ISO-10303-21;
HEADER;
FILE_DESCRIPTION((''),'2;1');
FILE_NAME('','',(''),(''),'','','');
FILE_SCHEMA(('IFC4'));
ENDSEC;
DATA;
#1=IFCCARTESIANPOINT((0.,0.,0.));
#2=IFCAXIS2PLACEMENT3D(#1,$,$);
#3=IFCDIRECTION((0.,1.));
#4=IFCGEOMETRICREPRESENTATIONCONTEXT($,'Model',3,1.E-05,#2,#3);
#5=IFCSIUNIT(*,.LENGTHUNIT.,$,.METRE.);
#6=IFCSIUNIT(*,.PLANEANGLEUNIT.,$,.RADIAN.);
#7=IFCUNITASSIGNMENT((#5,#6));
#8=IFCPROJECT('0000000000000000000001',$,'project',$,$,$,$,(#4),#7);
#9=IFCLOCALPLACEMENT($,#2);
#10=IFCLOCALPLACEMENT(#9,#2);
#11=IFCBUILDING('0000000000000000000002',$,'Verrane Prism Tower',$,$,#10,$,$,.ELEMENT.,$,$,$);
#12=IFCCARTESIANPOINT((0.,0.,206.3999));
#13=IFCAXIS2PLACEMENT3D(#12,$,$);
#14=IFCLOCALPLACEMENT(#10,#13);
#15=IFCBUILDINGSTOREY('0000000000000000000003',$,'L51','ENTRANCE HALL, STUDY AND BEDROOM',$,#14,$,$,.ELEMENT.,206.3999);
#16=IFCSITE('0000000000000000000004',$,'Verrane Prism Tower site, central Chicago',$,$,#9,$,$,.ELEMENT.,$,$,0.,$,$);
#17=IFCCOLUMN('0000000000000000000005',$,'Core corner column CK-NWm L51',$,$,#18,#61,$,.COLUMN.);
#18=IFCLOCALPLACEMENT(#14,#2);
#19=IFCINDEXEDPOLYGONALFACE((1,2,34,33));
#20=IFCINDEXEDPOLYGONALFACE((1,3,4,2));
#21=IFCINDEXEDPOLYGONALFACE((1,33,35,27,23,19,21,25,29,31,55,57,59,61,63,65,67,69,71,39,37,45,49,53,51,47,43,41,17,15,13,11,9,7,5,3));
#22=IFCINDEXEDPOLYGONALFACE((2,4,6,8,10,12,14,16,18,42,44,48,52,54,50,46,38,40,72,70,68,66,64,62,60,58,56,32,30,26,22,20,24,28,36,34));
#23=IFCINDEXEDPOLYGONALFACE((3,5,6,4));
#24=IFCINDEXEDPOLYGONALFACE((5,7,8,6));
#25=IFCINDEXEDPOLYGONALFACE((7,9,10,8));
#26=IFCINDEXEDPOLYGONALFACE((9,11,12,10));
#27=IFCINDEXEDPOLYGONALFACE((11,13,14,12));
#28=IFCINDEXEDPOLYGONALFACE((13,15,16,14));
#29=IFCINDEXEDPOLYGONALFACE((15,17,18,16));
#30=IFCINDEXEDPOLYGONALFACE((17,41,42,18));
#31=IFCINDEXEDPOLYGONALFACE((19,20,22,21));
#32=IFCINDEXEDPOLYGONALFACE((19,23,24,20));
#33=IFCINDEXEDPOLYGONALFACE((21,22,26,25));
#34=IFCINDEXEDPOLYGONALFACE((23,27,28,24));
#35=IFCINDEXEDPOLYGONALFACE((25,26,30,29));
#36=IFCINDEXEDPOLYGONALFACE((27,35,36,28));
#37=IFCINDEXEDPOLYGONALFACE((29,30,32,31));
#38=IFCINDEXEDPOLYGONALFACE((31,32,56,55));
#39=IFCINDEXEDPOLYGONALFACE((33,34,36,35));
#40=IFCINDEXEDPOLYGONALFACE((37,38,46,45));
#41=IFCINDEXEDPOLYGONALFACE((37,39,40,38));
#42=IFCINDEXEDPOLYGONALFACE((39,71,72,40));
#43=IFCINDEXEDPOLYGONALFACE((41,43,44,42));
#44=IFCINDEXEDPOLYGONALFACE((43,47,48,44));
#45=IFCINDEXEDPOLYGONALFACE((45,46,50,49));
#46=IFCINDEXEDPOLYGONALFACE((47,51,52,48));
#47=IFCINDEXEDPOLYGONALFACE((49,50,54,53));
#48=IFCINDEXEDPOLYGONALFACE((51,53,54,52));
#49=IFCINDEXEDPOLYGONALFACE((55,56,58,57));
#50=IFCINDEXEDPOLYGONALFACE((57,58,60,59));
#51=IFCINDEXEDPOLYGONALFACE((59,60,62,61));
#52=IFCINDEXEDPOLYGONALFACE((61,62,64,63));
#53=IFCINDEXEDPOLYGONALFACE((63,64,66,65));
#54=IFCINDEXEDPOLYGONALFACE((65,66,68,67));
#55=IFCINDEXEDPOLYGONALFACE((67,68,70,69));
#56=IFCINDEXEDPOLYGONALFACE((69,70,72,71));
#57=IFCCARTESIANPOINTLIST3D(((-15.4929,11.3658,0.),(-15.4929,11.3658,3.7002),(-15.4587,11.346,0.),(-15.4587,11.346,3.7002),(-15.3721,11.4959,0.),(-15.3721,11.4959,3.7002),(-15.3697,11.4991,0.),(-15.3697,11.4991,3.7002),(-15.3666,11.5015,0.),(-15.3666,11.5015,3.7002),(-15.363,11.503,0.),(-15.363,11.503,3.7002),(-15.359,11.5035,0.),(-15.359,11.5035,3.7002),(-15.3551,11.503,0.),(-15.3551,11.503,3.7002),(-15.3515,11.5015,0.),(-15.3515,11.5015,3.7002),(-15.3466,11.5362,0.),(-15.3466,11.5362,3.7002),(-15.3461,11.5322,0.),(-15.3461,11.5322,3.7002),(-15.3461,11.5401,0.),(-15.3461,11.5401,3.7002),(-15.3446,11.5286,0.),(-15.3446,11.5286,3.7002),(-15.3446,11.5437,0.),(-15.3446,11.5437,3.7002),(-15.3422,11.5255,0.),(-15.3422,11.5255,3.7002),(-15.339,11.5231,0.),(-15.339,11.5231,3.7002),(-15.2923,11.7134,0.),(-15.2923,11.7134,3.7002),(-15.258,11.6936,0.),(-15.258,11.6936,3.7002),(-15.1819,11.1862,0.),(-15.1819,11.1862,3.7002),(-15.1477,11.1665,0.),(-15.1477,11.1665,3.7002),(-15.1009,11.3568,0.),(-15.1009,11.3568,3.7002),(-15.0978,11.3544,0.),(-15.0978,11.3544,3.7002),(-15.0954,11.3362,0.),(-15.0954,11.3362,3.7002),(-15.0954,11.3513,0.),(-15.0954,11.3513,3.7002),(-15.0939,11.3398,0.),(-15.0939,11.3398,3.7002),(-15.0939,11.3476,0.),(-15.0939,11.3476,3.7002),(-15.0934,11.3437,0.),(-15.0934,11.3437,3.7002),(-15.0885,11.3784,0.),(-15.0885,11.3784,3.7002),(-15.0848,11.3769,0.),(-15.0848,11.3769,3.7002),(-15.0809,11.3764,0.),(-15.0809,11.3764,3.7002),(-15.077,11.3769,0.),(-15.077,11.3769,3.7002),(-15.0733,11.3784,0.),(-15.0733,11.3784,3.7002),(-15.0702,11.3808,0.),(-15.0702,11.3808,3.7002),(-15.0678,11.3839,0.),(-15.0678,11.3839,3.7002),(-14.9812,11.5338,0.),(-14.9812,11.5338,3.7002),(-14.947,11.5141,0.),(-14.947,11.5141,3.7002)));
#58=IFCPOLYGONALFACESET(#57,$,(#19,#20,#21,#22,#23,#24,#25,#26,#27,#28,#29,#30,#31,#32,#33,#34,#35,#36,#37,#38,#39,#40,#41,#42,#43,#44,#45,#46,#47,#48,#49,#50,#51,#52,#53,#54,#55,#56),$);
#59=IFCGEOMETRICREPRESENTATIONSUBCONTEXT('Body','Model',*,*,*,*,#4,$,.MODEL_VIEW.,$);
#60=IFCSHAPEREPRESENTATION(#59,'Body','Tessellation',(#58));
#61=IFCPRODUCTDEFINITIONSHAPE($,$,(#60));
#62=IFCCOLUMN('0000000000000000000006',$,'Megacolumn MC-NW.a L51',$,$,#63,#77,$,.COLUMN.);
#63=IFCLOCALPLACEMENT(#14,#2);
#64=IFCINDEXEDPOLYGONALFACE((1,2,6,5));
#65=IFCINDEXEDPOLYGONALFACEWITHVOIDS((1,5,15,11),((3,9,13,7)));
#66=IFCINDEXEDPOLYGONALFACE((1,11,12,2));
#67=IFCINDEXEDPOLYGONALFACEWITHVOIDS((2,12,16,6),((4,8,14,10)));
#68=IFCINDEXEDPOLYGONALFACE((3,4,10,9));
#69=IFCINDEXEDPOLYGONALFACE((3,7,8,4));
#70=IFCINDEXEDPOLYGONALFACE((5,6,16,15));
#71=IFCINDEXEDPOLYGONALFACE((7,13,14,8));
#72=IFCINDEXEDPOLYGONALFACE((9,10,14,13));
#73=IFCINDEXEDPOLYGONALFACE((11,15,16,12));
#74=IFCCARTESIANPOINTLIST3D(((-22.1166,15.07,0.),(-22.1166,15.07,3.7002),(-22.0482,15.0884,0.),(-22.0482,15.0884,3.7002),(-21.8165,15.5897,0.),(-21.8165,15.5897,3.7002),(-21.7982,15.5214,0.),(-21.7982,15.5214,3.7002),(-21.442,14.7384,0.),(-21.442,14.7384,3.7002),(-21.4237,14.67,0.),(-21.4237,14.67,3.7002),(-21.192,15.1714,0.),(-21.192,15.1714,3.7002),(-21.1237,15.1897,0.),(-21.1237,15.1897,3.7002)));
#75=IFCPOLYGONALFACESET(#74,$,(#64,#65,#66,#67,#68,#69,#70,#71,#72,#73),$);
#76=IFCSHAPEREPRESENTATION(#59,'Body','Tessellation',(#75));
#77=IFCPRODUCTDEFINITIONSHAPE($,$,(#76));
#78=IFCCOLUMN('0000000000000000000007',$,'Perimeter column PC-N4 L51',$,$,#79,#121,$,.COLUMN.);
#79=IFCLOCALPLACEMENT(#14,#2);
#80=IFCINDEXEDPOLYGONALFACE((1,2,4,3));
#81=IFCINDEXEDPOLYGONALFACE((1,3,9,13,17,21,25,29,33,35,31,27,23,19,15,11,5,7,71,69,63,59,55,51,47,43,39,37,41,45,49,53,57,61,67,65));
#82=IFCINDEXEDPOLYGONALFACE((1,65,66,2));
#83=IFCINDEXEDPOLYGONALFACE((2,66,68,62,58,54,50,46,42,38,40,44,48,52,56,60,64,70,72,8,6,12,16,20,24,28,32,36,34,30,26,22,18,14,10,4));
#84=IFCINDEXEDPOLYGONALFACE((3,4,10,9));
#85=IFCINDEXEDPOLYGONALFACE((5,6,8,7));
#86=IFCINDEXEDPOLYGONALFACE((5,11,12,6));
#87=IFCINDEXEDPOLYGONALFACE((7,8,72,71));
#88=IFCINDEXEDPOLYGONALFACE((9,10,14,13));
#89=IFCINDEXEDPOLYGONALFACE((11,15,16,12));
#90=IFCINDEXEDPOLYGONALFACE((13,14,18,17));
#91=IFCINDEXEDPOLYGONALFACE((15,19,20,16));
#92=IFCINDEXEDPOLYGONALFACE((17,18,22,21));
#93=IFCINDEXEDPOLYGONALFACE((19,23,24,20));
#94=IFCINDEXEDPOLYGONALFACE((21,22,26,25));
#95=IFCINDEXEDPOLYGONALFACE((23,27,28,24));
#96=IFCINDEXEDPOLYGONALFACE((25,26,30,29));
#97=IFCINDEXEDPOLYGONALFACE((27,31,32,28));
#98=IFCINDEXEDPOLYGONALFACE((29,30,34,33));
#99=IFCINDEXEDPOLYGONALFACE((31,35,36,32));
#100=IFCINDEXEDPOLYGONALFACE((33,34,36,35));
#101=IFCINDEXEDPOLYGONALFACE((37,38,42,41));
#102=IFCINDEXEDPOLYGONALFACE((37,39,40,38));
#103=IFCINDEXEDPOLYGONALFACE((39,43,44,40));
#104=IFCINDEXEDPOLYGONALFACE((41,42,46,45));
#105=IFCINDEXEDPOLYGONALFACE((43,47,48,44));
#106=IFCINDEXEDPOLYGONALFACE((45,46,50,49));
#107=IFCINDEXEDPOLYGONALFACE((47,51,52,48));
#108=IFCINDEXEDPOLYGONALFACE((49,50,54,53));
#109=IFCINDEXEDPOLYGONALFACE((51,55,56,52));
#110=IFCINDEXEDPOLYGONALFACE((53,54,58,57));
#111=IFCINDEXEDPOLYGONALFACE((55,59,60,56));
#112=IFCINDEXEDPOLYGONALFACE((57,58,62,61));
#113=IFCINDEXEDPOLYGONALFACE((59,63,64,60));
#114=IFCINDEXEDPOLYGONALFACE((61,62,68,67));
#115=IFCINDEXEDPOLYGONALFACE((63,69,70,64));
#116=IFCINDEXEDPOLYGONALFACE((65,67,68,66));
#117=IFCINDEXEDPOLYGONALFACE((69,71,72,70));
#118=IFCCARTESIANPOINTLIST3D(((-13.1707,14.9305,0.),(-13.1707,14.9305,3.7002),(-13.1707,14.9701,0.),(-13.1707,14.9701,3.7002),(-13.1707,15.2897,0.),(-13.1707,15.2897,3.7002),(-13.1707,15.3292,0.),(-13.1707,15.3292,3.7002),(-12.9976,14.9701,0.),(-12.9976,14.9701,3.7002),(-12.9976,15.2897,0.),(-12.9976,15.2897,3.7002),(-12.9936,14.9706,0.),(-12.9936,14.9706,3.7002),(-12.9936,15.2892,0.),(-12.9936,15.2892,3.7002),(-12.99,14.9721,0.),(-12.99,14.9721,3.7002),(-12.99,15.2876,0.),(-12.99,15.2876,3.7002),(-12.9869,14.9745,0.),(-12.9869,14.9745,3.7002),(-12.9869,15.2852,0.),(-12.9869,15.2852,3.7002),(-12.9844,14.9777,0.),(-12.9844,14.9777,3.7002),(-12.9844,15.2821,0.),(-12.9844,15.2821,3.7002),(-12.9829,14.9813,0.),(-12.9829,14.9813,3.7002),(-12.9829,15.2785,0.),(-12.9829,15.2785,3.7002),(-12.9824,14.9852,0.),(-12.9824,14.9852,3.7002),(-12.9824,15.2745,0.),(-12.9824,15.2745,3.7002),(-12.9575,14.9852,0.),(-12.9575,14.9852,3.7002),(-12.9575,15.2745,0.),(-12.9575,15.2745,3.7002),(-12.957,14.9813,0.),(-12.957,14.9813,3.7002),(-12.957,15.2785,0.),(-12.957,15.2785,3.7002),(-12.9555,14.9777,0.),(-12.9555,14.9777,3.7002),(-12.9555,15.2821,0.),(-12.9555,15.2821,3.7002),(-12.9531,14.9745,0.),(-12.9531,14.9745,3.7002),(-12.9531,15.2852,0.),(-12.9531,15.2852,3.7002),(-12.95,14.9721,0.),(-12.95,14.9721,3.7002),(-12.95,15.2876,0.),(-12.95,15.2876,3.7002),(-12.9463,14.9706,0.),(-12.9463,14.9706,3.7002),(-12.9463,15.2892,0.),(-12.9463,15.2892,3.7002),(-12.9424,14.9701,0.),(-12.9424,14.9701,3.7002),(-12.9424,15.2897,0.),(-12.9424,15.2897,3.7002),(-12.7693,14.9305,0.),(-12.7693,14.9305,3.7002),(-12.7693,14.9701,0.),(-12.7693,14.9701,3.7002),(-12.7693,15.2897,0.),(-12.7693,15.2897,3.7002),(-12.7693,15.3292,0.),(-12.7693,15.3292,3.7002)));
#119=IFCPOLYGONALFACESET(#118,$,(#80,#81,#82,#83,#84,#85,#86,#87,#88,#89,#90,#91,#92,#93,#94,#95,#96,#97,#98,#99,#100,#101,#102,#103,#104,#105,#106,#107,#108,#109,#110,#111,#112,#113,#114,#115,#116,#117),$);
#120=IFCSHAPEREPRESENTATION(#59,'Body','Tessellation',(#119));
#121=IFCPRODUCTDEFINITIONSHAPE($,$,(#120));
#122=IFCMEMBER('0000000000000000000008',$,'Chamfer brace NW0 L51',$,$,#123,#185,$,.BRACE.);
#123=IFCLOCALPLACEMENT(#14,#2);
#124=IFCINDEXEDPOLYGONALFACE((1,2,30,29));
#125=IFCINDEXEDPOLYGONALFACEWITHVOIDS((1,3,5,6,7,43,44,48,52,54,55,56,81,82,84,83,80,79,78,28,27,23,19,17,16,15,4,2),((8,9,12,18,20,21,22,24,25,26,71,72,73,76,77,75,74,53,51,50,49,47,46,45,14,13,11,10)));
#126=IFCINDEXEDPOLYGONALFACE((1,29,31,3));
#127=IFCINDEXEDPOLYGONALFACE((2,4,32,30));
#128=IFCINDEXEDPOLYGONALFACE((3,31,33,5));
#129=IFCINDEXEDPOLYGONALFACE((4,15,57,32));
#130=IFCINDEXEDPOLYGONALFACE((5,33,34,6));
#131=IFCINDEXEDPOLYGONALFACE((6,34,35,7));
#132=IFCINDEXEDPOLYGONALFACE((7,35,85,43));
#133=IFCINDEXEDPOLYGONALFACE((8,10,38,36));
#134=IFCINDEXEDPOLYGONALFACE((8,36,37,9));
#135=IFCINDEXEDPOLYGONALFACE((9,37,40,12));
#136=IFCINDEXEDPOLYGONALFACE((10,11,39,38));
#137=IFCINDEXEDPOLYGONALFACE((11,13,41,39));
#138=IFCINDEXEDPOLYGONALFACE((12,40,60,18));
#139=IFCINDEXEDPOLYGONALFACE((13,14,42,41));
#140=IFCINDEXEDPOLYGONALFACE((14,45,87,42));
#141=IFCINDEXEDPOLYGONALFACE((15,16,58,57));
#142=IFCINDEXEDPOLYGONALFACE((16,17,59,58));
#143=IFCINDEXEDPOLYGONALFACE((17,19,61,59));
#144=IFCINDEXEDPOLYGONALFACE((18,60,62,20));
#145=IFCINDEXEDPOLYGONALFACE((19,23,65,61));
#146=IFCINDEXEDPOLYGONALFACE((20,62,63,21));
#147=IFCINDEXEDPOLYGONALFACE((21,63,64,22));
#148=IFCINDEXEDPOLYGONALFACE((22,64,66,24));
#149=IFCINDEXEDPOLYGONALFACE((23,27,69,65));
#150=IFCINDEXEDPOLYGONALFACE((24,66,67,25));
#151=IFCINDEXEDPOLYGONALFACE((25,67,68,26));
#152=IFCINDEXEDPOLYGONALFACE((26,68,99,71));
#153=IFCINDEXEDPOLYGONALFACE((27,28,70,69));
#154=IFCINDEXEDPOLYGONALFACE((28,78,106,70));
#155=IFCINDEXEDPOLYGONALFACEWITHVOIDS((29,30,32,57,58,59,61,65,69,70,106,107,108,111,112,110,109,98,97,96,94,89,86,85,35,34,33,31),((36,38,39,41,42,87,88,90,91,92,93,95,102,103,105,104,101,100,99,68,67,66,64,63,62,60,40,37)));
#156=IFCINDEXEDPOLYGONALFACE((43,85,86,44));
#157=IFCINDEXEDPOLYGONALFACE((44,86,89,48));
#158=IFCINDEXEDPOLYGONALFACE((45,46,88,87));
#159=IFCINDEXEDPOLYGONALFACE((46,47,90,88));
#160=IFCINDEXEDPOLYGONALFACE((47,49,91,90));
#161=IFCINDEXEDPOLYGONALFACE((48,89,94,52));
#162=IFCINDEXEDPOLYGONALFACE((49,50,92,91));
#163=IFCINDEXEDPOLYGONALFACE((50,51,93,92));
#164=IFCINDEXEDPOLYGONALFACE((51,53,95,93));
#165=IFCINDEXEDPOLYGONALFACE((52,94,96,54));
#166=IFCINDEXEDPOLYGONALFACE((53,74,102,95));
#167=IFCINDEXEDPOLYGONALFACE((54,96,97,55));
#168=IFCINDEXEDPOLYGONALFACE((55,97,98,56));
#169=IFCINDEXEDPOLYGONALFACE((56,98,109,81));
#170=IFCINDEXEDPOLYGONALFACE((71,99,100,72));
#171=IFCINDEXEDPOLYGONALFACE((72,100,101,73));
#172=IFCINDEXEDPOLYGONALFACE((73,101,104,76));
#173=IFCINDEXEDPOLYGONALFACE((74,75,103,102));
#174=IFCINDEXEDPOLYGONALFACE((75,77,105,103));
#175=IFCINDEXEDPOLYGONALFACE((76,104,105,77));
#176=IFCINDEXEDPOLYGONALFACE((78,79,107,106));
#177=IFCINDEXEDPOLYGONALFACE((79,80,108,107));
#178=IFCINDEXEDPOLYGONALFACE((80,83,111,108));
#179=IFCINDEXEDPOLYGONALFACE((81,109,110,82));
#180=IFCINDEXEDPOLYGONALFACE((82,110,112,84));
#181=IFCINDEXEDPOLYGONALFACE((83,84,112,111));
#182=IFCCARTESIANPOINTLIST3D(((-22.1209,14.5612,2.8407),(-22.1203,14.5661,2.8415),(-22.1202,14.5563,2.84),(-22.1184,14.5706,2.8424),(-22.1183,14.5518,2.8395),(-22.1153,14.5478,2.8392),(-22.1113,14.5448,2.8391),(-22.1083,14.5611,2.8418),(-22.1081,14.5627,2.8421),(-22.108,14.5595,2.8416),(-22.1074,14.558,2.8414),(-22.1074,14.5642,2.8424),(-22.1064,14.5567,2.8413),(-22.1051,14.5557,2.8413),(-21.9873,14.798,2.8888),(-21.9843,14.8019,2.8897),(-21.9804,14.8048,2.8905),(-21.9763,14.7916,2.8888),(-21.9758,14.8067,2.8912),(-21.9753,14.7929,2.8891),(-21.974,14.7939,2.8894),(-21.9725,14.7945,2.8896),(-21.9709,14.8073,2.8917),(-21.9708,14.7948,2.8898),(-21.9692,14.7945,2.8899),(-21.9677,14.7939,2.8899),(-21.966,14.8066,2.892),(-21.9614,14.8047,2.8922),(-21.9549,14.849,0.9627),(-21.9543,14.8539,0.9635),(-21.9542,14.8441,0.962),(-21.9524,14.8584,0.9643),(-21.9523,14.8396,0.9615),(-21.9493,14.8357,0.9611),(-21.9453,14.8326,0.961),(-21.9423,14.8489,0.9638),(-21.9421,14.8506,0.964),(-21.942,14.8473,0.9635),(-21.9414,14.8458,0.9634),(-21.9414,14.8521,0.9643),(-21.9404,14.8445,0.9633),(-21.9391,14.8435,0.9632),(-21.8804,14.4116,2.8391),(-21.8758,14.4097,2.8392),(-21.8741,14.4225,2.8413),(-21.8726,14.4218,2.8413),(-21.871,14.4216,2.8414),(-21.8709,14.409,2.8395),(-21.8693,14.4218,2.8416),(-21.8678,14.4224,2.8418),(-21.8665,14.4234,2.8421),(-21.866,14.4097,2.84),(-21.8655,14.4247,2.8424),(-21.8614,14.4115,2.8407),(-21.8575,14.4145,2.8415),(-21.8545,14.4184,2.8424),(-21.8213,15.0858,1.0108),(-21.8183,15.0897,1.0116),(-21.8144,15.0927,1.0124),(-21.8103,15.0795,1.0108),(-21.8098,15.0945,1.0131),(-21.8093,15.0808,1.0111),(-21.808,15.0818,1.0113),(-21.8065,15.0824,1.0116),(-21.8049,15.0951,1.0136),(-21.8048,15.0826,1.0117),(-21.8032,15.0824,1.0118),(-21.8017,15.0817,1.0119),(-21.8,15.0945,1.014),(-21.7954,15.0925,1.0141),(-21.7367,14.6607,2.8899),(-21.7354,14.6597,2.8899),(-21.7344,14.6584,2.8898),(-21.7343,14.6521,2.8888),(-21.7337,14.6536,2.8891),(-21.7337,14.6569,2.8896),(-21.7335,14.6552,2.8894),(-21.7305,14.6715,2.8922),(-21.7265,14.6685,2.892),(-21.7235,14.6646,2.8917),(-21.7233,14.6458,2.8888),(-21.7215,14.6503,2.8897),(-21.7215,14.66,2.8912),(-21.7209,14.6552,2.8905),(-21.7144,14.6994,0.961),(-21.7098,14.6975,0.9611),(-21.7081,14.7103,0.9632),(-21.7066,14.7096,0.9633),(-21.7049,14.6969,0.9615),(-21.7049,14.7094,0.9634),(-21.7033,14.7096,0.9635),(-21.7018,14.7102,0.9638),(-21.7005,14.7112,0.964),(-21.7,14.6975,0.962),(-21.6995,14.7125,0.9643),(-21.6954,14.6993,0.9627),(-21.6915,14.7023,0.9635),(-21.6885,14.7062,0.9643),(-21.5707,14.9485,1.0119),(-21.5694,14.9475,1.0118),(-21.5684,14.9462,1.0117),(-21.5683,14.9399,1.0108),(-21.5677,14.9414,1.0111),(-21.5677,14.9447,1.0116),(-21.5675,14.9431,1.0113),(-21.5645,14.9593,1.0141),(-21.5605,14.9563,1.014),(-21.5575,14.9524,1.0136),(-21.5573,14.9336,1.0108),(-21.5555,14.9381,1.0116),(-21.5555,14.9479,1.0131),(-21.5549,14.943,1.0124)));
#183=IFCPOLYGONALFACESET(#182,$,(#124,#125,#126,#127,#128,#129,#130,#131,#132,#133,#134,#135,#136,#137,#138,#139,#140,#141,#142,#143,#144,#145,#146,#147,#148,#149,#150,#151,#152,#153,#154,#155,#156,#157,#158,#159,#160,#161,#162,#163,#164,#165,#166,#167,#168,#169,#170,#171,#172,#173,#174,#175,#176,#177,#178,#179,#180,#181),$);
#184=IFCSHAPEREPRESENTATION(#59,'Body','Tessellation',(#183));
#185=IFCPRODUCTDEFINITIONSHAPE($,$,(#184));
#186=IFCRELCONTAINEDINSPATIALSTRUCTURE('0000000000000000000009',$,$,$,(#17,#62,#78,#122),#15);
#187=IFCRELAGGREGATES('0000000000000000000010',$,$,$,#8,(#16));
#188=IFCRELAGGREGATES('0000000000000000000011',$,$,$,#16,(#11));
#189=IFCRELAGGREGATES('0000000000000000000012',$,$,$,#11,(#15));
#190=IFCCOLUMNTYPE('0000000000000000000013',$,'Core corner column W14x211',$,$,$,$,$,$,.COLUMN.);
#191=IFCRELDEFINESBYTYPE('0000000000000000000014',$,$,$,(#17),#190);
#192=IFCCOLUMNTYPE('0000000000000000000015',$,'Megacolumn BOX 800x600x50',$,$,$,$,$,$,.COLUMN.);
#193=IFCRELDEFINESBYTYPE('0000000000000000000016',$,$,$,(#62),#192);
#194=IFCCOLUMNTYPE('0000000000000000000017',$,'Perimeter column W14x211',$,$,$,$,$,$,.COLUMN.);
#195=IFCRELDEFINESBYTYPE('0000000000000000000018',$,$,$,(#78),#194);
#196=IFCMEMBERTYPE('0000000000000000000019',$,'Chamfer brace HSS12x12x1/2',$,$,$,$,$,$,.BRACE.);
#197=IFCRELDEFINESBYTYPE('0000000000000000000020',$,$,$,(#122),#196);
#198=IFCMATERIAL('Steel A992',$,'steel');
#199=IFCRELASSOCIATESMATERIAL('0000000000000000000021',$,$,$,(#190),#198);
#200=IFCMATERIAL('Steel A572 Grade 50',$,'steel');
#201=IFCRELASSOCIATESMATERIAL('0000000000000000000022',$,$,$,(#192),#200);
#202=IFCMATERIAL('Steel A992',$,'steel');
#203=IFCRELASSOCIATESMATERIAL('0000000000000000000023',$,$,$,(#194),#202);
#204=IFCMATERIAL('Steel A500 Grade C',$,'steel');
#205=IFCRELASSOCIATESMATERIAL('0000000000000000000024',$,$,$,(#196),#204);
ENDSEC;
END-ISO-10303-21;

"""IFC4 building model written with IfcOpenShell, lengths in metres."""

from ifc_helpers import new_model, si_unit, direction, frame, origin, origin_2d, place, context, subcontext, project, spatial, hollow_rectangle, i_section, extrude, material, material_profile, profile_set, type_object, element, save


model = new_model("IFC4")

# Units and contexts
model_context = context("Model", 3, precision=1e-05, world=origin(), true_north=direction((0.0, 1.0)))
body_context = subcontext(model_context, "Body", "Model", "MODEL_VIEW")
ifc_project = project(units=[si_unit("LENGTHUNIT", "METRE"), si_unit("PLANEANGLEUNIT", "RADIAN")], contexts=[model_context])

# Site, building, storey
site_placement = place(None, origin())
site = spatial("IfcSite", under=ifc_project, at=site_placement, Name="Verrane Prism Tower site, central Chicago", CompositionType="ELEMENT", RefElevation=0.0)
building_placement = place(site_placement, origin())
building = spatial("IfcBuilding", under=site, at=building_placement, Name="Verrane Prism Tower", CompositionType="ELEMENT")
storey_placement = place(building_placement, frame((0.0, 0.0, 206.3999)))
storey = spatial("IfcBuildingStorey", under=building, at=storey_placement, Name="L51", Description="ENTRANCE HALL, STUDY AND BEDROOM", CompositionType="ELEMENT", Elevation=206.3999)

# Columns
ifc_material_1 = material(Name="Steel A992", Category="steel")
ifc_material_profile_1 = material_profile(ifc_material_1, i_section(OverallWidth=0.4014, OverallDepth=0.3987, WebThickness=0.0249, FlangeThickness=0.0396, FilletRadius=0.0151, at=origin_2d()), Name="W14x211")
ifc_profile_set_1 = profile_set([ifc_material_profile_1], Name="Steel A992")
column_type_1 = type_object("IfcColumnType", Name="Core corner column W14x211", PredefinedType="COLUMN", material=ifc_profile_set_1)
column_1_placement = place(storey_placement, frame((-15.22, 11.4399, 0.0), z_axis=(0.0, 0.0, 1.0), x_axis=(0.5, 0.866025, 0.0)))
element("IfcColumn", 1, at=column_1_placement, inside=storey, type_object=column_type_1, Name="Core corner column CK-NWm L51", PredefinedType="COLUMN", context=body_context, shape_type="SweptSolid", body=[
    extrude(i_section(OverallWidth=0.4014, OverallDepth=0.3987, WebThickness=0.0249, FlangeThickness=0.0396, FilletRadius=0.0151, at=origin_2d()), origin(), (0.0, 0.0, 1.0), 3.7002),
])
ifc_material_2 = material(Name="Steel A572 Grade 50", Category="steel")
ifc_material_profile_2 = material_profile(ifc_material_2, hollow_rectangle(XDim=0.6001, YDim=0.8, WallThickness=0.05, at=origin_2d()), Name="BOX 800x600x50")
ifc_profile_set_2 = profile_set([ifc_material_profile_2], Name="Steel A572 Grade 50")
column_type_2 = type_object("IfcColumnType", Name="Megacolumn BOX 800x600x50", PredefinedType="COLUMN", material=ifc_profile_set_2)
column_2_placement = place(storey_placement, frame((-21.6201, 15.1299, 0.0), z_axis=(0.0, 0.0, 1.0), x_axis=(0.5, 0.866025, 0.0)))
element("IfcColumn", 2, at=column_2_placement, inside=storey, type_object=column_type_2, Name="Megacolumn MC-NW.a L51", PredefinedType="COLUMN", context=body_context, shape_type="SweptSolid", body=[
    extrude(hollow_rectangle(XDim=0.6001, YDim=0.8, WallThickness=0.05, at=origin_2d()), origin(), (0.0, 0.0, 1.0), 3.7002),
])
ifc_material_3 = material(Name="Steel A992", Category="steel")
ifc_material_profile_3 = material_profile(ifc_material_3, i_section(OverallWidth=0.4014, OverallDepth=0.3987, WebThickness=0.0249, FlangeThickness=0.0396, FilletRadius=0.0151, at=origin_2d()), Name="W14x211")
ifc_profile_set_3 = profile_set([ifc_material_profile_3], Name="Steel A992")
column_type_3 = type_object("IfcColumnType", Name="Perimeter column W14x211", PredefinedType="COLUMN", material=ifc_profile_set_3)
column_3_placement = place(storey_placement, frame((-12.97, 15.1299, 0.0), z_axis=(0.0, 0.0, 1.0), x_axis=(1.0, 0.0, 0.0)))
element("IfcColumn", 3, at=column_3_placement, inside=storey, type_object=column_type_3, Name="Perimeter column PC-N4 L51", PredefinedType="COLUMN", context=body_context, shape_type="SweptSolid", body=[
    extrude(i_section(OverallWidth=0.4014, OverallDepth=0.3987, WebThickness=0.0249, FlangeThickness=0.0396, FilletRadius=0.0151, at=origin_2d()), origin(), (0.0, 0.0, 1.0), 3.7002),
])

# Member
ifc_material_4 = material(Name="Steel A500 Grade C", Category="steel")
ifc_material_profile_4 = material_profile(ifc_material_4, hollow_rectangle(XDim=0.3047, YDim=0.3047, WallThickness=0.0127, InnerFilletRadius=0.0063, OuterFilletRadius=0.019, at=origin_2d()), Name="HSS12x12x1/2")
ifc_profile_set_4 = profile_set([ifc_material_profile_4], Name="Steel A500 Grade C")
member_type_1 = type_object("IfcMemberType", Name="Chamfer brace HSS12x12x1/2", PredefinedType="BRACE", material=ifc_profile_set_4)
member_1_placement = place(storey_placement, frame((-21.7549, 14.896, 0.9875), z_axis=(-0.08704, -0.150913, 0.984708), x_axis=(0.866247, -0.499616, 0.0)))
element("IfcMember", 4, at=member_1_placement, inside=storey, type_object=member_type_1, Name="Chamfer brace NW0 L51", PredefinedType="BRACE", context=body_context, shape_type="SweptSolid", body=[
    extrude(hollow_rectangle(XDim=0.3047, YDim=0.3047, WallThickness=0.0127, InnerFilletRadius=0.0063, OuterFilletRadius=0.019, at=origin_2d()), origin(), (0.0, 0.0, 1.0), 1.9072),
])

save(model, "model.ifc")
